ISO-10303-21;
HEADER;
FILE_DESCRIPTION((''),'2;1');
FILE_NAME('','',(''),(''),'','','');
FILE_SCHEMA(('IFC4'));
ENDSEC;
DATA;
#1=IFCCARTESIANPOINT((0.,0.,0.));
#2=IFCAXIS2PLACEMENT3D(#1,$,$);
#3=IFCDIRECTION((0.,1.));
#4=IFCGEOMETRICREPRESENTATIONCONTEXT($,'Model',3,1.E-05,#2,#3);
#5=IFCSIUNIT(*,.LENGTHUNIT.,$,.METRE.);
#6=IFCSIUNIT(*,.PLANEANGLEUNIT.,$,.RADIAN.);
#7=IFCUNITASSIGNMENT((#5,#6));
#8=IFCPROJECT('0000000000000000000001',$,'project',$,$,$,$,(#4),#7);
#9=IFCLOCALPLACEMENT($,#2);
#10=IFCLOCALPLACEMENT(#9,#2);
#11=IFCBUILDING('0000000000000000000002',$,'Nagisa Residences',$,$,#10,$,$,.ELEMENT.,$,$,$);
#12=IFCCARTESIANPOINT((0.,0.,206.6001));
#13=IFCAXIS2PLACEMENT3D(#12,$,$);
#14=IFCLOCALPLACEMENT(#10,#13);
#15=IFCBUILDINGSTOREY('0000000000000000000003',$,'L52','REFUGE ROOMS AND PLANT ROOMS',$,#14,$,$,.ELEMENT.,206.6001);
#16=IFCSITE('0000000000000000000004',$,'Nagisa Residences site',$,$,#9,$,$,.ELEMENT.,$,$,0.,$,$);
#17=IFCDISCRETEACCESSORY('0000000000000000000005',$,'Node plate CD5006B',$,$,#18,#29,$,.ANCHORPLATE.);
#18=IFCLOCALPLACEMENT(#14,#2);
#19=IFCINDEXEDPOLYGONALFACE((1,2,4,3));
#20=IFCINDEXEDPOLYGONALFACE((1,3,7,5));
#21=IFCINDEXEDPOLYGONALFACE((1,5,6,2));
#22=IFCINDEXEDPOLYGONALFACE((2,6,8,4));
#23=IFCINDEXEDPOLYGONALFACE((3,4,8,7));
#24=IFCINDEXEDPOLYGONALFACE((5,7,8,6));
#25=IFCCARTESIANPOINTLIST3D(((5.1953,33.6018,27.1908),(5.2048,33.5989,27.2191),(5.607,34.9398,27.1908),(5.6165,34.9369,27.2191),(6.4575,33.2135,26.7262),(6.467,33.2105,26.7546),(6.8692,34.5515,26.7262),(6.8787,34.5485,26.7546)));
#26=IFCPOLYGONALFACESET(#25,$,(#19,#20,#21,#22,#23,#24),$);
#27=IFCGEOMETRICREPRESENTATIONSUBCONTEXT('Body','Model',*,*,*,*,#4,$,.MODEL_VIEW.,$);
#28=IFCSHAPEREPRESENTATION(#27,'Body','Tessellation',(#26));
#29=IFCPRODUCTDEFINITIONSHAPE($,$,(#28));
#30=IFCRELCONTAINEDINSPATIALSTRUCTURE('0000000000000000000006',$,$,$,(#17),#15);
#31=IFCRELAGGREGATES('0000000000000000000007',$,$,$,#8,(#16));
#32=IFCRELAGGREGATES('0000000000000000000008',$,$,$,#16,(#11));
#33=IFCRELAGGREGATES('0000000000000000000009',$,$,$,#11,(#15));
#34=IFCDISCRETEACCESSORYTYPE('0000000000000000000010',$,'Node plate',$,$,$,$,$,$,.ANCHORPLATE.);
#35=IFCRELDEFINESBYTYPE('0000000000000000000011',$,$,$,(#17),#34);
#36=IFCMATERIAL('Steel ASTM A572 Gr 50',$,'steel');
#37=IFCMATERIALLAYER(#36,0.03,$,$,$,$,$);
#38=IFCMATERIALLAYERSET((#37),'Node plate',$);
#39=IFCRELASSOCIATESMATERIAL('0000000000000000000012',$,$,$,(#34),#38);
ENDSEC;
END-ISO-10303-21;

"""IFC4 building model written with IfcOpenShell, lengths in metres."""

from ifc_helpers import new_model, si_unit, direction, frame, origin, origin_2d, place, context, subcontext, project, spatial, rectangle, extrude, material, layer, layer_set, type_object, element, save


model = new_model("IFC4")

# Units and contexts
model_context = context("Model", 3, precision=1e-05, world=origin(), true_north=direction((0.0, 1.0)))
body_context = subcontext(model_context, "Body", "Model", "MODEL_VIEW")
ifc_project = project(units=[si_unit("LENGTHUNIT", "METRE"), si_unit("PLANEANGLEUNIT", "RADIAN")], contexts=[model_context])

# Site, building, storey
site_placement = place(None, origin())
site = spatial("IfcSite", under=ifc_project, at=site_placement, Name="Nagisa Residences site", CompositionType="ELEMENT", RefElevation=0.0)
building_placement = place(site_placement, origin())
building = spatial("IfcBuilding", under=site, at=building_placement, Name="Nagisa Residences", CompositionType="ELEMENT")
storey_placement = place(building_placement, frame((0.0, 0.0, 206.6001)))
storey = spatial("IfcBuildingStorey", under=building, at=storey_placement, Name="L52", Description="REFUGE ROOMS AND PLANT ROOMS", CompositionType="ELEMENT", Elevation=206.6001)

# Discrete accessory
ifc_material_1 = material(Name="Steel ASTM A572 Gr 50", Category="steel")
ifc_layer = layer(ifc_material_1, 0.03)
ifc_layer_set = layer_set([ifc_layer], Name="Node plate")
discrete_accessory_type = type_object("IfcDiscreteAccessoryType", Name="Node plate", PredefinedType="ANCHORPLATE", material=ifc_layer_set)
for number, where, z_axis, x_axis, name in (
    (1, (6.0417, 34.0737, 26.9868), (-0.317157, 0.097587, -0.943339), (-0.294086, -0.955779, 0.0), "Node plate CD5006B"),
):
    element("IfcDiscreteAccessory", number, at=place(storey_placement, frame(where, z_axis=z_axis, x_axis=x_axis)), inside=storey, type_object=discrete_accessory_type, Name=name, PredefinedType="ANCHORPLATE", context=body_context, shape_type="SweptSolid", body=[
        extrude(rectangle(XDim=1.3999, YDim=1.3999, at=origin_2d()), origin(), (0.0, 0.0, 1.0), 0.03),
    ])

save(model, "model.ifc")
